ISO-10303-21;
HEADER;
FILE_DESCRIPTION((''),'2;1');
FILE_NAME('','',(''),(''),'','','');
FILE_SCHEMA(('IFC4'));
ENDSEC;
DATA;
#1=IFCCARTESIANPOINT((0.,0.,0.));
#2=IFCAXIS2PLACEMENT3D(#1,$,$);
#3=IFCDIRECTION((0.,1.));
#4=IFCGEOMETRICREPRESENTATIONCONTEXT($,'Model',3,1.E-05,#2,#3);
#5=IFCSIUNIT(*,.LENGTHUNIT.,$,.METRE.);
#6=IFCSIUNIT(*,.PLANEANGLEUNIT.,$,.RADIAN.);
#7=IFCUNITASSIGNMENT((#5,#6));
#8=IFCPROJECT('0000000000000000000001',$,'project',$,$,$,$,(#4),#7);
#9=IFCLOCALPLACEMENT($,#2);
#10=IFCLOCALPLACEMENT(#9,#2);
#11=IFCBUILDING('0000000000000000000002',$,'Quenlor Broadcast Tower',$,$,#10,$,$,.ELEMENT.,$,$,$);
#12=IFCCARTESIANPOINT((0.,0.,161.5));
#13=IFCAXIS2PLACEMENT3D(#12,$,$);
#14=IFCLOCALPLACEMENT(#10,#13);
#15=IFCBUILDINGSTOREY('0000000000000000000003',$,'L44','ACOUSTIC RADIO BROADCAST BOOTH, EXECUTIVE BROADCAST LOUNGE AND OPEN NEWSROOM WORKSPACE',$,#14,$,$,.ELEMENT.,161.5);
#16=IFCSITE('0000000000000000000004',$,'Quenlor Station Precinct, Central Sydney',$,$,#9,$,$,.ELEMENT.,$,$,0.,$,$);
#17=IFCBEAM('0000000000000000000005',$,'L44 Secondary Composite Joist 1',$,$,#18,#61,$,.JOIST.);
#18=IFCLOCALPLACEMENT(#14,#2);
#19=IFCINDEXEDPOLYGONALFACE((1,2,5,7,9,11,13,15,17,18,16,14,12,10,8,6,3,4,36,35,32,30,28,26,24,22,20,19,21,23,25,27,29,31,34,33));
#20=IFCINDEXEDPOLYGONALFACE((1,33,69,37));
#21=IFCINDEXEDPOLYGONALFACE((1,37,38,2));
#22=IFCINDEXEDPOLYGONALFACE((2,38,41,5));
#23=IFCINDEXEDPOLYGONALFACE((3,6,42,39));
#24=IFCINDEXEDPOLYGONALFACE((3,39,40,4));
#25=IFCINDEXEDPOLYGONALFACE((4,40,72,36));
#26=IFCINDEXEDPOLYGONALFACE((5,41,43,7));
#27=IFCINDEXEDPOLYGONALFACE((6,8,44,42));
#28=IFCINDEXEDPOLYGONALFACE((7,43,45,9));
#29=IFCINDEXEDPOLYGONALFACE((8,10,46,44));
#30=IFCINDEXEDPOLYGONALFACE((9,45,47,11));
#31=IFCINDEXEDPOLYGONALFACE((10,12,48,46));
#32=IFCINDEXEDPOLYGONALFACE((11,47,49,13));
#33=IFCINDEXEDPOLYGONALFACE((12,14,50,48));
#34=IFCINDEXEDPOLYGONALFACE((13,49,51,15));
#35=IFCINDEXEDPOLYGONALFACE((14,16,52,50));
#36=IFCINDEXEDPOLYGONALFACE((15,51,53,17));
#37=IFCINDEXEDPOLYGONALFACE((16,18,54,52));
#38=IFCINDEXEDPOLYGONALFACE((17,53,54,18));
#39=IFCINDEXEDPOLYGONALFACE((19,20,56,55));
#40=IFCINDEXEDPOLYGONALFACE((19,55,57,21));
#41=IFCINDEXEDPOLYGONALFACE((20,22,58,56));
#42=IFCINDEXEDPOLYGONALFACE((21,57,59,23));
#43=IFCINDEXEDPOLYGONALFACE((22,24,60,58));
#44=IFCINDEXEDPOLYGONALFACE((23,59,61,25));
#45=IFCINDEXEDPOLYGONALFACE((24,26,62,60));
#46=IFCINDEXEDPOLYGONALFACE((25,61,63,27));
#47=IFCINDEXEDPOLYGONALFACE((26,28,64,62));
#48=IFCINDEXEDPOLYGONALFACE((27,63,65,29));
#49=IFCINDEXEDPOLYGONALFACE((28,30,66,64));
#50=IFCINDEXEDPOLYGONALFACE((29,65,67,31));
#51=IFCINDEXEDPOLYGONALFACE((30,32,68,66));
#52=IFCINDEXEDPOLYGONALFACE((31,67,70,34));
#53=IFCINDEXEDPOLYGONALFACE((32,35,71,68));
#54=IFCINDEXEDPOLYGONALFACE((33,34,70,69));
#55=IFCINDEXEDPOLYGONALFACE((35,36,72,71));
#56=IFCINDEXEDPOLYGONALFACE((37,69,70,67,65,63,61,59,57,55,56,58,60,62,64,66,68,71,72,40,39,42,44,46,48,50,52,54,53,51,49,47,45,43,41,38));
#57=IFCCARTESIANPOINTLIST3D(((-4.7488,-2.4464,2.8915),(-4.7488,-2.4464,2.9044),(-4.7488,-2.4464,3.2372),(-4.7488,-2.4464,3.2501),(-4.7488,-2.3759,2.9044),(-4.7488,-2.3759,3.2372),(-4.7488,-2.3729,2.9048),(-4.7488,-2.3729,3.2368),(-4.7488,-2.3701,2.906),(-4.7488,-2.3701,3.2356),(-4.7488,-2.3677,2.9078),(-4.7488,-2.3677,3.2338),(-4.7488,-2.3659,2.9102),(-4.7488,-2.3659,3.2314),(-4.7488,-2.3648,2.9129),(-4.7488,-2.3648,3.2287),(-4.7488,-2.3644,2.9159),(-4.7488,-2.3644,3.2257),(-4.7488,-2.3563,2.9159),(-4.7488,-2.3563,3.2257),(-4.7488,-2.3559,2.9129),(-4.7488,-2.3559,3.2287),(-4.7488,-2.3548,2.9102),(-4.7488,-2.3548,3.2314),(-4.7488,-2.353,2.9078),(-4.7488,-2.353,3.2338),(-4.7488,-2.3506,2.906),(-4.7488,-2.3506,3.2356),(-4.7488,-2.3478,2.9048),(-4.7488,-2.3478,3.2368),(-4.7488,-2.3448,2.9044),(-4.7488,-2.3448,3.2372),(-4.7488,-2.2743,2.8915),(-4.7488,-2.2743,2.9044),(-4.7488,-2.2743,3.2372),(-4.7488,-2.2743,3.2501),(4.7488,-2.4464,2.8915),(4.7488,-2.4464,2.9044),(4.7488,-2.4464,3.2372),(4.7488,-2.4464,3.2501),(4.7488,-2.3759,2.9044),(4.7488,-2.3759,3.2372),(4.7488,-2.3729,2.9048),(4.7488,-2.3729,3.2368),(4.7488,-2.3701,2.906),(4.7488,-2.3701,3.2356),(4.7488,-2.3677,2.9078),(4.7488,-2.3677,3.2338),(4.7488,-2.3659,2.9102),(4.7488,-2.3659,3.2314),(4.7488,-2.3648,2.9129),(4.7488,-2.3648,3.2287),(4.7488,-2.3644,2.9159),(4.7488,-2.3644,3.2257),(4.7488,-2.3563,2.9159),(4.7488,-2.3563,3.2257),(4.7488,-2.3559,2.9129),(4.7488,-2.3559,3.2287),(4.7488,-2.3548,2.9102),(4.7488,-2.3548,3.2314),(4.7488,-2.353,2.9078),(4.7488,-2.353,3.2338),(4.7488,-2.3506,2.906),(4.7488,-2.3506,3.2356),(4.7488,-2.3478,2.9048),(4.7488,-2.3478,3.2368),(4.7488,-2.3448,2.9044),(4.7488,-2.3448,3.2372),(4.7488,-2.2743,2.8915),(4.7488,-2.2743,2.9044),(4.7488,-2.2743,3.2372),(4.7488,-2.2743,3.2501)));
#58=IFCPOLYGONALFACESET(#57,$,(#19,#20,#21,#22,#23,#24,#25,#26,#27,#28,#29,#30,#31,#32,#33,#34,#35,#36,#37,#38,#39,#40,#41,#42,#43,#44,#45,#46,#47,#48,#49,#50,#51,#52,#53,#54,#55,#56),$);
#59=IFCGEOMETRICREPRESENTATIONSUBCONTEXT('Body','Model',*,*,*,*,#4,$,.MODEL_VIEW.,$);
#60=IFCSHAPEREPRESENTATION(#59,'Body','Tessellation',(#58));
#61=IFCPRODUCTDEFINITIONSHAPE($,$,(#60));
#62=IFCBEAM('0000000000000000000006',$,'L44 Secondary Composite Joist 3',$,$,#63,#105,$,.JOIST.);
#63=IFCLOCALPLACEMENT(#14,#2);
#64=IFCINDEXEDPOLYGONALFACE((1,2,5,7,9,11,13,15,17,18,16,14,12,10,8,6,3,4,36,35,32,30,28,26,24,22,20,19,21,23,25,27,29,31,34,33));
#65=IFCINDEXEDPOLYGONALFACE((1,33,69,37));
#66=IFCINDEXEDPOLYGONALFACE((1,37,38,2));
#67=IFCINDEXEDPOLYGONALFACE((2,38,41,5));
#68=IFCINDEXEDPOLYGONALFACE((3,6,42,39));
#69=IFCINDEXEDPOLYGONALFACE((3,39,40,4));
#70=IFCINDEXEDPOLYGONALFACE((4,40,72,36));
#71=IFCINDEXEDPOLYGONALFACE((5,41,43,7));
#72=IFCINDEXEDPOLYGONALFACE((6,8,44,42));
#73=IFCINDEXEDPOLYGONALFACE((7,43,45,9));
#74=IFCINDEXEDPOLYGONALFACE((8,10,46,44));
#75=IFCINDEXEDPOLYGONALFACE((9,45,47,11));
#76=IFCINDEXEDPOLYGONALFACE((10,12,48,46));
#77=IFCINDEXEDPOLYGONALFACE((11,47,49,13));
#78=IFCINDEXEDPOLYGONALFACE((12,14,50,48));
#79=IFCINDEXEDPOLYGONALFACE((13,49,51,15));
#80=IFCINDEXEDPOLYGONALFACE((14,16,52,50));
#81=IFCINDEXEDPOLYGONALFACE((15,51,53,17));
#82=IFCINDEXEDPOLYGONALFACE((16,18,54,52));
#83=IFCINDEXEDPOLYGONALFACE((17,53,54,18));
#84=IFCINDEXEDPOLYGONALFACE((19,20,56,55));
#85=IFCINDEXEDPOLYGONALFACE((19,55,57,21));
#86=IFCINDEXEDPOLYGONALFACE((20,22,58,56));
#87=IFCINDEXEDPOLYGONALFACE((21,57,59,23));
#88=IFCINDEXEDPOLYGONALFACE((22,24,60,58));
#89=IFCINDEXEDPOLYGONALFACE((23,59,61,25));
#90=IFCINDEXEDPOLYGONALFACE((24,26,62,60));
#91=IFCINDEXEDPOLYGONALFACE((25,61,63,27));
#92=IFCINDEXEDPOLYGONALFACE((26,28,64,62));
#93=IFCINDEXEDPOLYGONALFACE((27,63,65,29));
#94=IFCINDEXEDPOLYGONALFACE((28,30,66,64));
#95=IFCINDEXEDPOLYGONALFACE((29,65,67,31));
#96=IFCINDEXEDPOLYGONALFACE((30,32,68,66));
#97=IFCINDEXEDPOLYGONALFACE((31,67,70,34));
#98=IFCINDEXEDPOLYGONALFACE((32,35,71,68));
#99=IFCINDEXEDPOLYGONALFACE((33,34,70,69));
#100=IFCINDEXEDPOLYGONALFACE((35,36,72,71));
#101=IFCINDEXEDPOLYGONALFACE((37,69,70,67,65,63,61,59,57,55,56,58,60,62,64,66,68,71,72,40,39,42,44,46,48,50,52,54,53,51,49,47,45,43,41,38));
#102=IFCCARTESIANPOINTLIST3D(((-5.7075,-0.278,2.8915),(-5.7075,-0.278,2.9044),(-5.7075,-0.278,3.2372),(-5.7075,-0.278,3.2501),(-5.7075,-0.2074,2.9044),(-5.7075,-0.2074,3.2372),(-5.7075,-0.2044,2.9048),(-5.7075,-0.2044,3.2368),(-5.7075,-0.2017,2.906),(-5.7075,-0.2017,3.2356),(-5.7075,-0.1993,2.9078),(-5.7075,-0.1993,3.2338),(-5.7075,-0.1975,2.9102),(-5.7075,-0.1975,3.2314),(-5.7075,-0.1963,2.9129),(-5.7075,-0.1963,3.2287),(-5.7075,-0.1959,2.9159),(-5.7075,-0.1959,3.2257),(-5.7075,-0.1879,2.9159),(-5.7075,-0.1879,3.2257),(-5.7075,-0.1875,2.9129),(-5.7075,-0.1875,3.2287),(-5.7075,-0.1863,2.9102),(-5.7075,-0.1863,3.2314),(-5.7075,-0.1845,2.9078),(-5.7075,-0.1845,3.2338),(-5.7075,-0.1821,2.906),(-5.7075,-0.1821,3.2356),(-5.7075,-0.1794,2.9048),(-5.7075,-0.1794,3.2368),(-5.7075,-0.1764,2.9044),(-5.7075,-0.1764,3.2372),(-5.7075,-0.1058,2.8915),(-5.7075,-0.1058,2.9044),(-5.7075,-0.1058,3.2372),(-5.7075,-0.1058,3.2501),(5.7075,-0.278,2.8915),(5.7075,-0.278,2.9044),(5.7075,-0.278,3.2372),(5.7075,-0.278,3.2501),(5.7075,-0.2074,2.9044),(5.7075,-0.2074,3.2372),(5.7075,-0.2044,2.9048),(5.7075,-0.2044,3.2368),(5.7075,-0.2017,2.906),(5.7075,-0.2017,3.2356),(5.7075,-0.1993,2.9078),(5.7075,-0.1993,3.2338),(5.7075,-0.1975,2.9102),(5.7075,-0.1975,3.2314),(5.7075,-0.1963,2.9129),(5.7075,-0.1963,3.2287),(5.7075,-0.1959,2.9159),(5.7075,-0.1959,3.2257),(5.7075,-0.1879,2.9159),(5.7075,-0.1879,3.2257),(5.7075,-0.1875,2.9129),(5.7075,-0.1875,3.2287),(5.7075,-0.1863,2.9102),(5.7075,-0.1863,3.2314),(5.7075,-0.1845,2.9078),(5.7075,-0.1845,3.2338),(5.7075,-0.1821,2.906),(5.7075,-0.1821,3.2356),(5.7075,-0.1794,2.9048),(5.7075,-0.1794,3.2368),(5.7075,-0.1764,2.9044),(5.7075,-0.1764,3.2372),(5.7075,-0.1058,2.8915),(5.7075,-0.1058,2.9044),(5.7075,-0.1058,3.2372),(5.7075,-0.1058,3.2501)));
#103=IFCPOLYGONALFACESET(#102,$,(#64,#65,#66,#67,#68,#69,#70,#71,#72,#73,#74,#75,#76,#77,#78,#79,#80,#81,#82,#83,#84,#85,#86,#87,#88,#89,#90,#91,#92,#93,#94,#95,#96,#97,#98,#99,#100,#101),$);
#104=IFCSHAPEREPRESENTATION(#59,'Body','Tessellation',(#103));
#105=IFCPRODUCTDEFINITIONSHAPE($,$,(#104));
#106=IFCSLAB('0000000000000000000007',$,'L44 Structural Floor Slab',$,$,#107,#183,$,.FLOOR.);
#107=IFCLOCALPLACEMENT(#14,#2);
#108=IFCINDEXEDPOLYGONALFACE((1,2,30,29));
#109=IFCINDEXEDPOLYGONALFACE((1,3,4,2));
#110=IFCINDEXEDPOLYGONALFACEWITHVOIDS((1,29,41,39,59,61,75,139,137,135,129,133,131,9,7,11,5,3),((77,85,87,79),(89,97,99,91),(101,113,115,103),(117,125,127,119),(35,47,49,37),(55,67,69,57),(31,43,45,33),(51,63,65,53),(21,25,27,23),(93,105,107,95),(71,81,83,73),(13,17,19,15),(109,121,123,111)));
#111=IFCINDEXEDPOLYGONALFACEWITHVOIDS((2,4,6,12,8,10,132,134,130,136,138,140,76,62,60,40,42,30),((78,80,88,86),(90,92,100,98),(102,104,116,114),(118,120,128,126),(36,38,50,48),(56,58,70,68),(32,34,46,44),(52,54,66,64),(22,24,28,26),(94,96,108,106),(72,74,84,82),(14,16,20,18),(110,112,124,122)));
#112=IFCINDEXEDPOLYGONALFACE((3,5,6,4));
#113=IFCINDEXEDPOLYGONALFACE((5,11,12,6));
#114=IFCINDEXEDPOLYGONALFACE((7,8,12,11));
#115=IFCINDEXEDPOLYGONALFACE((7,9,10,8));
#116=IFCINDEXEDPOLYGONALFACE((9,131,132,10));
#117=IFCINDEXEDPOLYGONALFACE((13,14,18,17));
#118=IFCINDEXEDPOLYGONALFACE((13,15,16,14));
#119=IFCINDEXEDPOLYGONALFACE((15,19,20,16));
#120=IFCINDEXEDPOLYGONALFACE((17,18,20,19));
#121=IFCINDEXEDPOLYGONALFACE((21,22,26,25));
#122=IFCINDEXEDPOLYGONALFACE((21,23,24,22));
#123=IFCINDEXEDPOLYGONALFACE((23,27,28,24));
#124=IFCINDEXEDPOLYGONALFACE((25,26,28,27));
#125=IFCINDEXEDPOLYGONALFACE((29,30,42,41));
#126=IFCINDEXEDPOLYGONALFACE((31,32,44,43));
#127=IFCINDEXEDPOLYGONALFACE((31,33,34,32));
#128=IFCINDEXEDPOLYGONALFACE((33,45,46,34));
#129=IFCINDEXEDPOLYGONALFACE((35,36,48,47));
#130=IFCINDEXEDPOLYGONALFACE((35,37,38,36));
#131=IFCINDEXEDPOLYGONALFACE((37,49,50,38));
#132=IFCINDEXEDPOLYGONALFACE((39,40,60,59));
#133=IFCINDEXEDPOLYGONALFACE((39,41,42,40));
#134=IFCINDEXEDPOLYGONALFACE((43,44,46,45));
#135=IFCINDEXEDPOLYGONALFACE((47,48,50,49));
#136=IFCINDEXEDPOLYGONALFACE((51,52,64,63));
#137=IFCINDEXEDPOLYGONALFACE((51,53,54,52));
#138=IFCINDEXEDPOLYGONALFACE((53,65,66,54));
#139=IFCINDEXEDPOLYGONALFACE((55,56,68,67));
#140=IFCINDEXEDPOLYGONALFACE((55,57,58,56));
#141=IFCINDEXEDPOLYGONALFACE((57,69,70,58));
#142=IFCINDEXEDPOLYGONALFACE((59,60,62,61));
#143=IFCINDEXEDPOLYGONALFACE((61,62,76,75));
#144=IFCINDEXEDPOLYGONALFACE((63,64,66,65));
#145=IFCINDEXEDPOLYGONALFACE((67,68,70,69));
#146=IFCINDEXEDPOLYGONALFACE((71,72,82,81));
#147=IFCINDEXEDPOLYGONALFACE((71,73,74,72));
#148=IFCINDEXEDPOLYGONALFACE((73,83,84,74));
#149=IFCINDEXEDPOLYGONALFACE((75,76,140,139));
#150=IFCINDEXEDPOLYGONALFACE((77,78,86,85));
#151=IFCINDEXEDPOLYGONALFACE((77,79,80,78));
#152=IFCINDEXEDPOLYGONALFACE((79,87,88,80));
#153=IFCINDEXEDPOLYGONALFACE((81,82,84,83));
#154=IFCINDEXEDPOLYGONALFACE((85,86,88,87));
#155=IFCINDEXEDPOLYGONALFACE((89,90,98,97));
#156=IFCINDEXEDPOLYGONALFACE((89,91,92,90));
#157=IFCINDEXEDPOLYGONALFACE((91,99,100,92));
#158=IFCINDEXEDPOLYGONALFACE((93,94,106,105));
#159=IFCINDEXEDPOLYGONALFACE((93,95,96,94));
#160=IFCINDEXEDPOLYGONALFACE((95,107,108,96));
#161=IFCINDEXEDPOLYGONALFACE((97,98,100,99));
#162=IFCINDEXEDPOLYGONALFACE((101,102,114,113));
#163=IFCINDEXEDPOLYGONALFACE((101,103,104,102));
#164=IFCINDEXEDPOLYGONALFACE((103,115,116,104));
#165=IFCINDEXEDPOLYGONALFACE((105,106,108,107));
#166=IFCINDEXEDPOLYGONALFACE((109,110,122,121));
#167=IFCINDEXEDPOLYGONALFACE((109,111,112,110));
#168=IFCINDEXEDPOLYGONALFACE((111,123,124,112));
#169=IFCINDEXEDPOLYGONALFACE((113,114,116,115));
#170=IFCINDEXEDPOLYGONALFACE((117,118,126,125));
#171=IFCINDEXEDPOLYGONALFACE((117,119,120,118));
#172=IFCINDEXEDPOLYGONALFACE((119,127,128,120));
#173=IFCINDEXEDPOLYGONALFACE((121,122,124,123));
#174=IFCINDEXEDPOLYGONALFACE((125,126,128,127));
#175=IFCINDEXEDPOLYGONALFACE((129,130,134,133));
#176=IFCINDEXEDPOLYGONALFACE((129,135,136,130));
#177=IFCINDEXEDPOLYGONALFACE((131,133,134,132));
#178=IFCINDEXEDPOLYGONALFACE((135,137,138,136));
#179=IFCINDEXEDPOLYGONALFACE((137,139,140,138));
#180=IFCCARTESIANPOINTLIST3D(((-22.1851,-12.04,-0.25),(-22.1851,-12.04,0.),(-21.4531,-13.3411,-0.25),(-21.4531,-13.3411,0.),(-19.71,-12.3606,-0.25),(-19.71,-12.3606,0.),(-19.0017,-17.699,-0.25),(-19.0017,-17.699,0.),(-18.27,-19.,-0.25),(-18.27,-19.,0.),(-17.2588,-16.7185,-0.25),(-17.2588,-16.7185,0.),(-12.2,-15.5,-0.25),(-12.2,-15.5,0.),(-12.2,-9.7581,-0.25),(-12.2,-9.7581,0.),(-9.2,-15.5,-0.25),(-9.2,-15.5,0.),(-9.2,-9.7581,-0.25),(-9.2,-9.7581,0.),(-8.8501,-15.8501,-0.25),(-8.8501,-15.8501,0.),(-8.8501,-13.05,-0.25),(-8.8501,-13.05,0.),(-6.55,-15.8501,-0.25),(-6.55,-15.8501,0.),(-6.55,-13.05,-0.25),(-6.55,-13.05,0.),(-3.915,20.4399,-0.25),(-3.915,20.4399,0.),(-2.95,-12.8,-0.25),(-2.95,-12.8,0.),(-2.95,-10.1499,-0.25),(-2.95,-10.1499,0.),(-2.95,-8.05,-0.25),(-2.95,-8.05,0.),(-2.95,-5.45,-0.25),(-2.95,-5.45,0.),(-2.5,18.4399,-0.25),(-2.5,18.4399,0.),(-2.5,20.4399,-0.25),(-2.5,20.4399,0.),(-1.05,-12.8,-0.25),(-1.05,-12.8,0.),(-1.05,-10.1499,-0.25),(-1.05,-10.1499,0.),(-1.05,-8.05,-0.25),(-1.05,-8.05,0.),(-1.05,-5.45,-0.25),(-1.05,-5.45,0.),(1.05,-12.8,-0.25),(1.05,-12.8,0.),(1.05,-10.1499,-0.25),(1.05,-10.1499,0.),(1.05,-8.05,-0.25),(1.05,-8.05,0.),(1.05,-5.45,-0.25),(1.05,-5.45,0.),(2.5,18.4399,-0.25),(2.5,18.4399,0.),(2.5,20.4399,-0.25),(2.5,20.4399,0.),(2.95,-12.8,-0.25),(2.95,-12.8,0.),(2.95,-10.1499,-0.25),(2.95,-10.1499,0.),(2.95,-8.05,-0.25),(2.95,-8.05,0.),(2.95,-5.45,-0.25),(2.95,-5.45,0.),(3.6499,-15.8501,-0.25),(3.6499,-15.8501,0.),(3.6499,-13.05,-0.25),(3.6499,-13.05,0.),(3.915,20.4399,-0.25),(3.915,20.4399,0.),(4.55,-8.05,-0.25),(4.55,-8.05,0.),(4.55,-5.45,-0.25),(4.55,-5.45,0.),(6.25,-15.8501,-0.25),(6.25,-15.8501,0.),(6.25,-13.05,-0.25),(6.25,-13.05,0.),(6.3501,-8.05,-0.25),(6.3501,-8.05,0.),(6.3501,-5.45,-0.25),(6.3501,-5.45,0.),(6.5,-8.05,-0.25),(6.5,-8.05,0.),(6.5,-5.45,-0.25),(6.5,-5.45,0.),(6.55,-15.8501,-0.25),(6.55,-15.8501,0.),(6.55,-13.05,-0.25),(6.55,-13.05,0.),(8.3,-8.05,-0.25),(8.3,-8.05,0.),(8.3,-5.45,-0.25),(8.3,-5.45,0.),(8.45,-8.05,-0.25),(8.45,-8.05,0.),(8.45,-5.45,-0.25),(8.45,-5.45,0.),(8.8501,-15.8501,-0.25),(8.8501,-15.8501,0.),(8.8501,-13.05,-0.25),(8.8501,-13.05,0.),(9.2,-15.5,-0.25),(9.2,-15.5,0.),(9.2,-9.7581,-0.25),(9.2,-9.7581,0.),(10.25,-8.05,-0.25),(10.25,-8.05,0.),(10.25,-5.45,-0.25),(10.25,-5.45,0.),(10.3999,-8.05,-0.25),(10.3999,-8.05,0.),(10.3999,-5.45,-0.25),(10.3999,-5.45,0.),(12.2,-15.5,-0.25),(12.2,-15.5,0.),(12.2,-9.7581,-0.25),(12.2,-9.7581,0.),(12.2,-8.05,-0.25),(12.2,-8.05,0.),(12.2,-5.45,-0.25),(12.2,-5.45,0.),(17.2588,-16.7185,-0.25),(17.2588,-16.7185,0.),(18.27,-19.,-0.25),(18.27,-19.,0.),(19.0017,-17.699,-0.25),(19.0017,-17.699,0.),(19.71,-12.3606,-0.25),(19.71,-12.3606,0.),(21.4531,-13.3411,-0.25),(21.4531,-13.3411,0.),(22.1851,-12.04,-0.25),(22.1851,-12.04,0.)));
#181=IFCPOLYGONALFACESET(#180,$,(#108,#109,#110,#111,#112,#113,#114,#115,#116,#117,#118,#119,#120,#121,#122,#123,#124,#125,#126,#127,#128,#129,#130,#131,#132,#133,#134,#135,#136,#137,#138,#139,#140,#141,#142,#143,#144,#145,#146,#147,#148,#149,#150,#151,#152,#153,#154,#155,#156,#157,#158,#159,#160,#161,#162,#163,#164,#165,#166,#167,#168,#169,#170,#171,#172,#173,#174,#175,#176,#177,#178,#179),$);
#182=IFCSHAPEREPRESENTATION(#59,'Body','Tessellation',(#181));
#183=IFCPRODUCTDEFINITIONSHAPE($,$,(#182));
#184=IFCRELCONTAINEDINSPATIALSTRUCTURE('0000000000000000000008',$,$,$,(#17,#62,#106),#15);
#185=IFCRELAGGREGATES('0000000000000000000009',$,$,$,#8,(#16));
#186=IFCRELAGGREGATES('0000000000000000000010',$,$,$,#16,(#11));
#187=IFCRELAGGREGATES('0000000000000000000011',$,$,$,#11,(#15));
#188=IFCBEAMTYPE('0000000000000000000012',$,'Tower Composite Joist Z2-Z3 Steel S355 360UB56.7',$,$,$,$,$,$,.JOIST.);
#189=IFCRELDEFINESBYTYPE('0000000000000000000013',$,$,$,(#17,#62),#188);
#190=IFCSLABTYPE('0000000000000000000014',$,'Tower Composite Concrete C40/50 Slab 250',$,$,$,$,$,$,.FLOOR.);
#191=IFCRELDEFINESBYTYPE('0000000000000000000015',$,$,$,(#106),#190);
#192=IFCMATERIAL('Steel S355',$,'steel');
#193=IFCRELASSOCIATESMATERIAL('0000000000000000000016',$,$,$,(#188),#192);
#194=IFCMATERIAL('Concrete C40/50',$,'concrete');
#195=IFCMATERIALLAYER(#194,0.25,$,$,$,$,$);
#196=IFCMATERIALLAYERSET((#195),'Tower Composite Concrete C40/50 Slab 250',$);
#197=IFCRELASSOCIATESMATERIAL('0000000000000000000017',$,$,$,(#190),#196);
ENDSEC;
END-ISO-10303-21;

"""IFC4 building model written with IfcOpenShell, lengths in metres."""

from ifc_helpers import new_model, si_unit, direction, frame, origin, origin_2d, place, context, subcontext, project, spatial, polyline, i_section, outline, extrude, material, layer, layer_set, material_profile, profile_set, type_object, element, save


model = new_model("IFC4")

# Units and contexts
model_context = context("Model", 3, precision=1e-05, world=origin(), true_north=direction((0.0, 1.0)))
body_context = subcontext(model_context, "Body", "Model", "MODEL_VIEW")
ifc_project = project(units=[si_unit("LENGTHUNIT", "METRE"), si_unit("PLANEANGLEUNIT", "RADIAN")], contexts=[model_context])

# Site, building, storey
site_placement = place(None, origin())
site = spatial("IfcSite", under=ifc_project, at=site_placement, Name="Quenlor Station Precinct, Central Sydney", CompositionType="ELEMENT", RefElevation=0.0)
building_placement = place(site_placement, origin())
building = spatial("IfcBuilding", under=site, at=building_placement, Name="Quenlor Broadcast Tower", CompositionType="ELEMENT")
storey_placement = place(building_placement, frame((0.0, 0.0, 161.5)))
storey = spatial("IfcBuildingStorey", under=building, at=storey_placement, Name="L44", Description="ACOUSTIC RADIO BROADCAST BOOTH, EXECUTIVE BROADCAST LOUNGE AND OPEN NEWSROOM WORKSPACE", CompositionType="ELEMENT", Elevation=161.5)

# Beams
ifc_material_1 = material(Name="Steel S355", Category="steel")
ifc_material_profile = material_profile(ifc_material_1, i_section(OverallWidth=0.1721, OverallDepth=0.3586, WebThickness=0.0081, FlangeThickness=0.0129, FilletRadius=0.0115, at=origin_2d()))
ifc_profile_set = profile_set([ifc_material_profile], Name="Steel S355 360UB56.7")
beam_type = type_object("IfcBeamType", Name="Tower Composite Joist Z2-Z3 Steel S355 360UB56.7", PredefinedType="JOIST", material=ifc_profile_set)
beam_1_placement = place(storey_placement, frame((-4.7488, -2.3604, 3.0708), z_axis=(1.0, 0.0, 0.0), x_axis=(0.0, 1.0, 0.0)))
element("IfcBeam", 1, at=beam_1_placement, inside=storey, type_object=beam_type, Name="L44 Secondary Composite Joist 1", PredefinedType="JOIST", context=body_context, shape_type="SweptSolid", body=[
    extrude(i_section(OverallWidth=0.1721, OverallDepth=0.3586, WebThickness=0.0081, FlangeThickness=0.0129, FilletRadius=0.0115, at=origin_2d()), origin(), (0.0, 0.0, 1.0), 9.4976),
])
beam_2_placement = place(storey_placement, frame((-5.7075, -0.1919, 3.0708), z_axis=(1.0, 0.0, 0.0), x_axis=(0.0, 1.0, 0.0)))
element("IfcBeam", 2, at=beam_2_placement, inside=storey, type_object=beam_type, Name="L44 Secondary Composite Joist 3", PredefinedType="JOIST", context=body_context, shape_type="SweptSolid", body=[
    extrude(i_section(OverallWidth=0.1721, OverallDepth=0.3586, WebThickness=0.0081, FlangeThickness=0.0129, FilletRadius=0.0115, at=origin_2d()), origin(), (0.0, 0.0, 1.0), 11.415),
])

# Slab
ifc_material_2 = material(Name="Concrete C40/50", Category="concrete")
ifc_layer_1 = layer(ifc_material_2, 0.25)
ifc_layer_set_1 = layer_set([ifc_layer_1], Name="Tower Composite Concrete C40/50 Slab 250")
slab_type = type_object("IfcSlabType", Name="Tower Composite Concrete C40/50 Slab 250", PredefinedType="FLOOR", material=ifc_layer_set_1)
slab_placement = place(storey_placement, frame((0.0, 0.0, -0.25)))
element("IfcSlab", 3, at=slab_placement, inside=storey, type_object=slab_type, Name="L44 Structural Floor Slab", PredefinedType="FLOOR", context=body_context, shape_type="SweptSolid", body=[
    extrude(outline(polyline([(18.27, -19.0), (19.0017, -17.699), (17.2588, -16.7185), (19.71, -12.3606), (21.4531, -13.3411), (22.1851, -12.04), (3.915, 20.4399), (2.5, 20.4399), (2.5, 18.4399), (-2.5, 18.4399), (-2.5, 20.4399), (-3.915, 20.4399), (-22.1851, -12.04), (-21.4531, -13.3411), (-19.71, -12.3606), (-17.2588, -16.7185), (-19.0017, -17.699), (-18.27, -19.0), (18.27, -19.0)]), holes=[polyline([(-12.2, -9.7581), (-12.2, -15.5), (-9.2, -15.5), (-9.2, -9.7581), (-12.2, -9.7581)]), polyline([(9.2, -9.7581), (9.2, -15.5), (12.2, -15.5), (12.2, -9.7581), (9.2, -9.7581)]), polyline([(-2.95, -8.05), (-1.05, -8.05), (-1.05, -5.45), (-2.95, -5.45), (-2.95, -8.05)]), polyline([(1.05, -8.05), (2.95, -8.05), (2.95, -5.45), (1.05, -5.45), (1.05, -8.05)]), polyline([(-2.95, -12.8), (-1.05, -12.8), (-1.05, -10.1499), (-2.95, -10.1499), (-2.95, -12.8)]), polyline([(1.05, -12.8), (2.95, -12.8), (2.95, -10.1499), (1.05, -10.1499), (1.05, -12.8)]), polyline([(4.55, -8.05), (6.3501, -8.05), (6.3501, -5.45), (4.55, -5.45), (4.55, -8.05)]), polyline([(6.5, -8.05), (8.3, -8.05), (8.3, -5.45), (6.5, -5.45), (6.5, -8.05)]), polyline([(8.45, -8.05), (10.25, -8.05), (10.25, -5.45), (8.45, -5.45), (8.45, -8.05)]), polyline([(10.3999, -8.05), (12.2, -8.05), (12.2, -5.45), (10.3999, -5.45), (10.3999, -8.05)]), polyline([(-8.8501, -15.8501), (-6.55, -15.8501), (-6.55, -13.05), (-8.8501, -13.05), (-8.8501, -15.8501)]), polyline([(6.55, -15.8501), (8.8501, -15.8501), (8.8501, -13.05), (6.55, -13.05), (6.55, -15.8501)]), polyline([(3.6499, -15.8501), (6.25, -15.8501), (6.25, -13.05), (3.6499, -13.05), (3.6499, -15.8501)])]), origin(), (0.0, 0.0, 1.0), 0.25),
])

save(model, "model.ifc")
